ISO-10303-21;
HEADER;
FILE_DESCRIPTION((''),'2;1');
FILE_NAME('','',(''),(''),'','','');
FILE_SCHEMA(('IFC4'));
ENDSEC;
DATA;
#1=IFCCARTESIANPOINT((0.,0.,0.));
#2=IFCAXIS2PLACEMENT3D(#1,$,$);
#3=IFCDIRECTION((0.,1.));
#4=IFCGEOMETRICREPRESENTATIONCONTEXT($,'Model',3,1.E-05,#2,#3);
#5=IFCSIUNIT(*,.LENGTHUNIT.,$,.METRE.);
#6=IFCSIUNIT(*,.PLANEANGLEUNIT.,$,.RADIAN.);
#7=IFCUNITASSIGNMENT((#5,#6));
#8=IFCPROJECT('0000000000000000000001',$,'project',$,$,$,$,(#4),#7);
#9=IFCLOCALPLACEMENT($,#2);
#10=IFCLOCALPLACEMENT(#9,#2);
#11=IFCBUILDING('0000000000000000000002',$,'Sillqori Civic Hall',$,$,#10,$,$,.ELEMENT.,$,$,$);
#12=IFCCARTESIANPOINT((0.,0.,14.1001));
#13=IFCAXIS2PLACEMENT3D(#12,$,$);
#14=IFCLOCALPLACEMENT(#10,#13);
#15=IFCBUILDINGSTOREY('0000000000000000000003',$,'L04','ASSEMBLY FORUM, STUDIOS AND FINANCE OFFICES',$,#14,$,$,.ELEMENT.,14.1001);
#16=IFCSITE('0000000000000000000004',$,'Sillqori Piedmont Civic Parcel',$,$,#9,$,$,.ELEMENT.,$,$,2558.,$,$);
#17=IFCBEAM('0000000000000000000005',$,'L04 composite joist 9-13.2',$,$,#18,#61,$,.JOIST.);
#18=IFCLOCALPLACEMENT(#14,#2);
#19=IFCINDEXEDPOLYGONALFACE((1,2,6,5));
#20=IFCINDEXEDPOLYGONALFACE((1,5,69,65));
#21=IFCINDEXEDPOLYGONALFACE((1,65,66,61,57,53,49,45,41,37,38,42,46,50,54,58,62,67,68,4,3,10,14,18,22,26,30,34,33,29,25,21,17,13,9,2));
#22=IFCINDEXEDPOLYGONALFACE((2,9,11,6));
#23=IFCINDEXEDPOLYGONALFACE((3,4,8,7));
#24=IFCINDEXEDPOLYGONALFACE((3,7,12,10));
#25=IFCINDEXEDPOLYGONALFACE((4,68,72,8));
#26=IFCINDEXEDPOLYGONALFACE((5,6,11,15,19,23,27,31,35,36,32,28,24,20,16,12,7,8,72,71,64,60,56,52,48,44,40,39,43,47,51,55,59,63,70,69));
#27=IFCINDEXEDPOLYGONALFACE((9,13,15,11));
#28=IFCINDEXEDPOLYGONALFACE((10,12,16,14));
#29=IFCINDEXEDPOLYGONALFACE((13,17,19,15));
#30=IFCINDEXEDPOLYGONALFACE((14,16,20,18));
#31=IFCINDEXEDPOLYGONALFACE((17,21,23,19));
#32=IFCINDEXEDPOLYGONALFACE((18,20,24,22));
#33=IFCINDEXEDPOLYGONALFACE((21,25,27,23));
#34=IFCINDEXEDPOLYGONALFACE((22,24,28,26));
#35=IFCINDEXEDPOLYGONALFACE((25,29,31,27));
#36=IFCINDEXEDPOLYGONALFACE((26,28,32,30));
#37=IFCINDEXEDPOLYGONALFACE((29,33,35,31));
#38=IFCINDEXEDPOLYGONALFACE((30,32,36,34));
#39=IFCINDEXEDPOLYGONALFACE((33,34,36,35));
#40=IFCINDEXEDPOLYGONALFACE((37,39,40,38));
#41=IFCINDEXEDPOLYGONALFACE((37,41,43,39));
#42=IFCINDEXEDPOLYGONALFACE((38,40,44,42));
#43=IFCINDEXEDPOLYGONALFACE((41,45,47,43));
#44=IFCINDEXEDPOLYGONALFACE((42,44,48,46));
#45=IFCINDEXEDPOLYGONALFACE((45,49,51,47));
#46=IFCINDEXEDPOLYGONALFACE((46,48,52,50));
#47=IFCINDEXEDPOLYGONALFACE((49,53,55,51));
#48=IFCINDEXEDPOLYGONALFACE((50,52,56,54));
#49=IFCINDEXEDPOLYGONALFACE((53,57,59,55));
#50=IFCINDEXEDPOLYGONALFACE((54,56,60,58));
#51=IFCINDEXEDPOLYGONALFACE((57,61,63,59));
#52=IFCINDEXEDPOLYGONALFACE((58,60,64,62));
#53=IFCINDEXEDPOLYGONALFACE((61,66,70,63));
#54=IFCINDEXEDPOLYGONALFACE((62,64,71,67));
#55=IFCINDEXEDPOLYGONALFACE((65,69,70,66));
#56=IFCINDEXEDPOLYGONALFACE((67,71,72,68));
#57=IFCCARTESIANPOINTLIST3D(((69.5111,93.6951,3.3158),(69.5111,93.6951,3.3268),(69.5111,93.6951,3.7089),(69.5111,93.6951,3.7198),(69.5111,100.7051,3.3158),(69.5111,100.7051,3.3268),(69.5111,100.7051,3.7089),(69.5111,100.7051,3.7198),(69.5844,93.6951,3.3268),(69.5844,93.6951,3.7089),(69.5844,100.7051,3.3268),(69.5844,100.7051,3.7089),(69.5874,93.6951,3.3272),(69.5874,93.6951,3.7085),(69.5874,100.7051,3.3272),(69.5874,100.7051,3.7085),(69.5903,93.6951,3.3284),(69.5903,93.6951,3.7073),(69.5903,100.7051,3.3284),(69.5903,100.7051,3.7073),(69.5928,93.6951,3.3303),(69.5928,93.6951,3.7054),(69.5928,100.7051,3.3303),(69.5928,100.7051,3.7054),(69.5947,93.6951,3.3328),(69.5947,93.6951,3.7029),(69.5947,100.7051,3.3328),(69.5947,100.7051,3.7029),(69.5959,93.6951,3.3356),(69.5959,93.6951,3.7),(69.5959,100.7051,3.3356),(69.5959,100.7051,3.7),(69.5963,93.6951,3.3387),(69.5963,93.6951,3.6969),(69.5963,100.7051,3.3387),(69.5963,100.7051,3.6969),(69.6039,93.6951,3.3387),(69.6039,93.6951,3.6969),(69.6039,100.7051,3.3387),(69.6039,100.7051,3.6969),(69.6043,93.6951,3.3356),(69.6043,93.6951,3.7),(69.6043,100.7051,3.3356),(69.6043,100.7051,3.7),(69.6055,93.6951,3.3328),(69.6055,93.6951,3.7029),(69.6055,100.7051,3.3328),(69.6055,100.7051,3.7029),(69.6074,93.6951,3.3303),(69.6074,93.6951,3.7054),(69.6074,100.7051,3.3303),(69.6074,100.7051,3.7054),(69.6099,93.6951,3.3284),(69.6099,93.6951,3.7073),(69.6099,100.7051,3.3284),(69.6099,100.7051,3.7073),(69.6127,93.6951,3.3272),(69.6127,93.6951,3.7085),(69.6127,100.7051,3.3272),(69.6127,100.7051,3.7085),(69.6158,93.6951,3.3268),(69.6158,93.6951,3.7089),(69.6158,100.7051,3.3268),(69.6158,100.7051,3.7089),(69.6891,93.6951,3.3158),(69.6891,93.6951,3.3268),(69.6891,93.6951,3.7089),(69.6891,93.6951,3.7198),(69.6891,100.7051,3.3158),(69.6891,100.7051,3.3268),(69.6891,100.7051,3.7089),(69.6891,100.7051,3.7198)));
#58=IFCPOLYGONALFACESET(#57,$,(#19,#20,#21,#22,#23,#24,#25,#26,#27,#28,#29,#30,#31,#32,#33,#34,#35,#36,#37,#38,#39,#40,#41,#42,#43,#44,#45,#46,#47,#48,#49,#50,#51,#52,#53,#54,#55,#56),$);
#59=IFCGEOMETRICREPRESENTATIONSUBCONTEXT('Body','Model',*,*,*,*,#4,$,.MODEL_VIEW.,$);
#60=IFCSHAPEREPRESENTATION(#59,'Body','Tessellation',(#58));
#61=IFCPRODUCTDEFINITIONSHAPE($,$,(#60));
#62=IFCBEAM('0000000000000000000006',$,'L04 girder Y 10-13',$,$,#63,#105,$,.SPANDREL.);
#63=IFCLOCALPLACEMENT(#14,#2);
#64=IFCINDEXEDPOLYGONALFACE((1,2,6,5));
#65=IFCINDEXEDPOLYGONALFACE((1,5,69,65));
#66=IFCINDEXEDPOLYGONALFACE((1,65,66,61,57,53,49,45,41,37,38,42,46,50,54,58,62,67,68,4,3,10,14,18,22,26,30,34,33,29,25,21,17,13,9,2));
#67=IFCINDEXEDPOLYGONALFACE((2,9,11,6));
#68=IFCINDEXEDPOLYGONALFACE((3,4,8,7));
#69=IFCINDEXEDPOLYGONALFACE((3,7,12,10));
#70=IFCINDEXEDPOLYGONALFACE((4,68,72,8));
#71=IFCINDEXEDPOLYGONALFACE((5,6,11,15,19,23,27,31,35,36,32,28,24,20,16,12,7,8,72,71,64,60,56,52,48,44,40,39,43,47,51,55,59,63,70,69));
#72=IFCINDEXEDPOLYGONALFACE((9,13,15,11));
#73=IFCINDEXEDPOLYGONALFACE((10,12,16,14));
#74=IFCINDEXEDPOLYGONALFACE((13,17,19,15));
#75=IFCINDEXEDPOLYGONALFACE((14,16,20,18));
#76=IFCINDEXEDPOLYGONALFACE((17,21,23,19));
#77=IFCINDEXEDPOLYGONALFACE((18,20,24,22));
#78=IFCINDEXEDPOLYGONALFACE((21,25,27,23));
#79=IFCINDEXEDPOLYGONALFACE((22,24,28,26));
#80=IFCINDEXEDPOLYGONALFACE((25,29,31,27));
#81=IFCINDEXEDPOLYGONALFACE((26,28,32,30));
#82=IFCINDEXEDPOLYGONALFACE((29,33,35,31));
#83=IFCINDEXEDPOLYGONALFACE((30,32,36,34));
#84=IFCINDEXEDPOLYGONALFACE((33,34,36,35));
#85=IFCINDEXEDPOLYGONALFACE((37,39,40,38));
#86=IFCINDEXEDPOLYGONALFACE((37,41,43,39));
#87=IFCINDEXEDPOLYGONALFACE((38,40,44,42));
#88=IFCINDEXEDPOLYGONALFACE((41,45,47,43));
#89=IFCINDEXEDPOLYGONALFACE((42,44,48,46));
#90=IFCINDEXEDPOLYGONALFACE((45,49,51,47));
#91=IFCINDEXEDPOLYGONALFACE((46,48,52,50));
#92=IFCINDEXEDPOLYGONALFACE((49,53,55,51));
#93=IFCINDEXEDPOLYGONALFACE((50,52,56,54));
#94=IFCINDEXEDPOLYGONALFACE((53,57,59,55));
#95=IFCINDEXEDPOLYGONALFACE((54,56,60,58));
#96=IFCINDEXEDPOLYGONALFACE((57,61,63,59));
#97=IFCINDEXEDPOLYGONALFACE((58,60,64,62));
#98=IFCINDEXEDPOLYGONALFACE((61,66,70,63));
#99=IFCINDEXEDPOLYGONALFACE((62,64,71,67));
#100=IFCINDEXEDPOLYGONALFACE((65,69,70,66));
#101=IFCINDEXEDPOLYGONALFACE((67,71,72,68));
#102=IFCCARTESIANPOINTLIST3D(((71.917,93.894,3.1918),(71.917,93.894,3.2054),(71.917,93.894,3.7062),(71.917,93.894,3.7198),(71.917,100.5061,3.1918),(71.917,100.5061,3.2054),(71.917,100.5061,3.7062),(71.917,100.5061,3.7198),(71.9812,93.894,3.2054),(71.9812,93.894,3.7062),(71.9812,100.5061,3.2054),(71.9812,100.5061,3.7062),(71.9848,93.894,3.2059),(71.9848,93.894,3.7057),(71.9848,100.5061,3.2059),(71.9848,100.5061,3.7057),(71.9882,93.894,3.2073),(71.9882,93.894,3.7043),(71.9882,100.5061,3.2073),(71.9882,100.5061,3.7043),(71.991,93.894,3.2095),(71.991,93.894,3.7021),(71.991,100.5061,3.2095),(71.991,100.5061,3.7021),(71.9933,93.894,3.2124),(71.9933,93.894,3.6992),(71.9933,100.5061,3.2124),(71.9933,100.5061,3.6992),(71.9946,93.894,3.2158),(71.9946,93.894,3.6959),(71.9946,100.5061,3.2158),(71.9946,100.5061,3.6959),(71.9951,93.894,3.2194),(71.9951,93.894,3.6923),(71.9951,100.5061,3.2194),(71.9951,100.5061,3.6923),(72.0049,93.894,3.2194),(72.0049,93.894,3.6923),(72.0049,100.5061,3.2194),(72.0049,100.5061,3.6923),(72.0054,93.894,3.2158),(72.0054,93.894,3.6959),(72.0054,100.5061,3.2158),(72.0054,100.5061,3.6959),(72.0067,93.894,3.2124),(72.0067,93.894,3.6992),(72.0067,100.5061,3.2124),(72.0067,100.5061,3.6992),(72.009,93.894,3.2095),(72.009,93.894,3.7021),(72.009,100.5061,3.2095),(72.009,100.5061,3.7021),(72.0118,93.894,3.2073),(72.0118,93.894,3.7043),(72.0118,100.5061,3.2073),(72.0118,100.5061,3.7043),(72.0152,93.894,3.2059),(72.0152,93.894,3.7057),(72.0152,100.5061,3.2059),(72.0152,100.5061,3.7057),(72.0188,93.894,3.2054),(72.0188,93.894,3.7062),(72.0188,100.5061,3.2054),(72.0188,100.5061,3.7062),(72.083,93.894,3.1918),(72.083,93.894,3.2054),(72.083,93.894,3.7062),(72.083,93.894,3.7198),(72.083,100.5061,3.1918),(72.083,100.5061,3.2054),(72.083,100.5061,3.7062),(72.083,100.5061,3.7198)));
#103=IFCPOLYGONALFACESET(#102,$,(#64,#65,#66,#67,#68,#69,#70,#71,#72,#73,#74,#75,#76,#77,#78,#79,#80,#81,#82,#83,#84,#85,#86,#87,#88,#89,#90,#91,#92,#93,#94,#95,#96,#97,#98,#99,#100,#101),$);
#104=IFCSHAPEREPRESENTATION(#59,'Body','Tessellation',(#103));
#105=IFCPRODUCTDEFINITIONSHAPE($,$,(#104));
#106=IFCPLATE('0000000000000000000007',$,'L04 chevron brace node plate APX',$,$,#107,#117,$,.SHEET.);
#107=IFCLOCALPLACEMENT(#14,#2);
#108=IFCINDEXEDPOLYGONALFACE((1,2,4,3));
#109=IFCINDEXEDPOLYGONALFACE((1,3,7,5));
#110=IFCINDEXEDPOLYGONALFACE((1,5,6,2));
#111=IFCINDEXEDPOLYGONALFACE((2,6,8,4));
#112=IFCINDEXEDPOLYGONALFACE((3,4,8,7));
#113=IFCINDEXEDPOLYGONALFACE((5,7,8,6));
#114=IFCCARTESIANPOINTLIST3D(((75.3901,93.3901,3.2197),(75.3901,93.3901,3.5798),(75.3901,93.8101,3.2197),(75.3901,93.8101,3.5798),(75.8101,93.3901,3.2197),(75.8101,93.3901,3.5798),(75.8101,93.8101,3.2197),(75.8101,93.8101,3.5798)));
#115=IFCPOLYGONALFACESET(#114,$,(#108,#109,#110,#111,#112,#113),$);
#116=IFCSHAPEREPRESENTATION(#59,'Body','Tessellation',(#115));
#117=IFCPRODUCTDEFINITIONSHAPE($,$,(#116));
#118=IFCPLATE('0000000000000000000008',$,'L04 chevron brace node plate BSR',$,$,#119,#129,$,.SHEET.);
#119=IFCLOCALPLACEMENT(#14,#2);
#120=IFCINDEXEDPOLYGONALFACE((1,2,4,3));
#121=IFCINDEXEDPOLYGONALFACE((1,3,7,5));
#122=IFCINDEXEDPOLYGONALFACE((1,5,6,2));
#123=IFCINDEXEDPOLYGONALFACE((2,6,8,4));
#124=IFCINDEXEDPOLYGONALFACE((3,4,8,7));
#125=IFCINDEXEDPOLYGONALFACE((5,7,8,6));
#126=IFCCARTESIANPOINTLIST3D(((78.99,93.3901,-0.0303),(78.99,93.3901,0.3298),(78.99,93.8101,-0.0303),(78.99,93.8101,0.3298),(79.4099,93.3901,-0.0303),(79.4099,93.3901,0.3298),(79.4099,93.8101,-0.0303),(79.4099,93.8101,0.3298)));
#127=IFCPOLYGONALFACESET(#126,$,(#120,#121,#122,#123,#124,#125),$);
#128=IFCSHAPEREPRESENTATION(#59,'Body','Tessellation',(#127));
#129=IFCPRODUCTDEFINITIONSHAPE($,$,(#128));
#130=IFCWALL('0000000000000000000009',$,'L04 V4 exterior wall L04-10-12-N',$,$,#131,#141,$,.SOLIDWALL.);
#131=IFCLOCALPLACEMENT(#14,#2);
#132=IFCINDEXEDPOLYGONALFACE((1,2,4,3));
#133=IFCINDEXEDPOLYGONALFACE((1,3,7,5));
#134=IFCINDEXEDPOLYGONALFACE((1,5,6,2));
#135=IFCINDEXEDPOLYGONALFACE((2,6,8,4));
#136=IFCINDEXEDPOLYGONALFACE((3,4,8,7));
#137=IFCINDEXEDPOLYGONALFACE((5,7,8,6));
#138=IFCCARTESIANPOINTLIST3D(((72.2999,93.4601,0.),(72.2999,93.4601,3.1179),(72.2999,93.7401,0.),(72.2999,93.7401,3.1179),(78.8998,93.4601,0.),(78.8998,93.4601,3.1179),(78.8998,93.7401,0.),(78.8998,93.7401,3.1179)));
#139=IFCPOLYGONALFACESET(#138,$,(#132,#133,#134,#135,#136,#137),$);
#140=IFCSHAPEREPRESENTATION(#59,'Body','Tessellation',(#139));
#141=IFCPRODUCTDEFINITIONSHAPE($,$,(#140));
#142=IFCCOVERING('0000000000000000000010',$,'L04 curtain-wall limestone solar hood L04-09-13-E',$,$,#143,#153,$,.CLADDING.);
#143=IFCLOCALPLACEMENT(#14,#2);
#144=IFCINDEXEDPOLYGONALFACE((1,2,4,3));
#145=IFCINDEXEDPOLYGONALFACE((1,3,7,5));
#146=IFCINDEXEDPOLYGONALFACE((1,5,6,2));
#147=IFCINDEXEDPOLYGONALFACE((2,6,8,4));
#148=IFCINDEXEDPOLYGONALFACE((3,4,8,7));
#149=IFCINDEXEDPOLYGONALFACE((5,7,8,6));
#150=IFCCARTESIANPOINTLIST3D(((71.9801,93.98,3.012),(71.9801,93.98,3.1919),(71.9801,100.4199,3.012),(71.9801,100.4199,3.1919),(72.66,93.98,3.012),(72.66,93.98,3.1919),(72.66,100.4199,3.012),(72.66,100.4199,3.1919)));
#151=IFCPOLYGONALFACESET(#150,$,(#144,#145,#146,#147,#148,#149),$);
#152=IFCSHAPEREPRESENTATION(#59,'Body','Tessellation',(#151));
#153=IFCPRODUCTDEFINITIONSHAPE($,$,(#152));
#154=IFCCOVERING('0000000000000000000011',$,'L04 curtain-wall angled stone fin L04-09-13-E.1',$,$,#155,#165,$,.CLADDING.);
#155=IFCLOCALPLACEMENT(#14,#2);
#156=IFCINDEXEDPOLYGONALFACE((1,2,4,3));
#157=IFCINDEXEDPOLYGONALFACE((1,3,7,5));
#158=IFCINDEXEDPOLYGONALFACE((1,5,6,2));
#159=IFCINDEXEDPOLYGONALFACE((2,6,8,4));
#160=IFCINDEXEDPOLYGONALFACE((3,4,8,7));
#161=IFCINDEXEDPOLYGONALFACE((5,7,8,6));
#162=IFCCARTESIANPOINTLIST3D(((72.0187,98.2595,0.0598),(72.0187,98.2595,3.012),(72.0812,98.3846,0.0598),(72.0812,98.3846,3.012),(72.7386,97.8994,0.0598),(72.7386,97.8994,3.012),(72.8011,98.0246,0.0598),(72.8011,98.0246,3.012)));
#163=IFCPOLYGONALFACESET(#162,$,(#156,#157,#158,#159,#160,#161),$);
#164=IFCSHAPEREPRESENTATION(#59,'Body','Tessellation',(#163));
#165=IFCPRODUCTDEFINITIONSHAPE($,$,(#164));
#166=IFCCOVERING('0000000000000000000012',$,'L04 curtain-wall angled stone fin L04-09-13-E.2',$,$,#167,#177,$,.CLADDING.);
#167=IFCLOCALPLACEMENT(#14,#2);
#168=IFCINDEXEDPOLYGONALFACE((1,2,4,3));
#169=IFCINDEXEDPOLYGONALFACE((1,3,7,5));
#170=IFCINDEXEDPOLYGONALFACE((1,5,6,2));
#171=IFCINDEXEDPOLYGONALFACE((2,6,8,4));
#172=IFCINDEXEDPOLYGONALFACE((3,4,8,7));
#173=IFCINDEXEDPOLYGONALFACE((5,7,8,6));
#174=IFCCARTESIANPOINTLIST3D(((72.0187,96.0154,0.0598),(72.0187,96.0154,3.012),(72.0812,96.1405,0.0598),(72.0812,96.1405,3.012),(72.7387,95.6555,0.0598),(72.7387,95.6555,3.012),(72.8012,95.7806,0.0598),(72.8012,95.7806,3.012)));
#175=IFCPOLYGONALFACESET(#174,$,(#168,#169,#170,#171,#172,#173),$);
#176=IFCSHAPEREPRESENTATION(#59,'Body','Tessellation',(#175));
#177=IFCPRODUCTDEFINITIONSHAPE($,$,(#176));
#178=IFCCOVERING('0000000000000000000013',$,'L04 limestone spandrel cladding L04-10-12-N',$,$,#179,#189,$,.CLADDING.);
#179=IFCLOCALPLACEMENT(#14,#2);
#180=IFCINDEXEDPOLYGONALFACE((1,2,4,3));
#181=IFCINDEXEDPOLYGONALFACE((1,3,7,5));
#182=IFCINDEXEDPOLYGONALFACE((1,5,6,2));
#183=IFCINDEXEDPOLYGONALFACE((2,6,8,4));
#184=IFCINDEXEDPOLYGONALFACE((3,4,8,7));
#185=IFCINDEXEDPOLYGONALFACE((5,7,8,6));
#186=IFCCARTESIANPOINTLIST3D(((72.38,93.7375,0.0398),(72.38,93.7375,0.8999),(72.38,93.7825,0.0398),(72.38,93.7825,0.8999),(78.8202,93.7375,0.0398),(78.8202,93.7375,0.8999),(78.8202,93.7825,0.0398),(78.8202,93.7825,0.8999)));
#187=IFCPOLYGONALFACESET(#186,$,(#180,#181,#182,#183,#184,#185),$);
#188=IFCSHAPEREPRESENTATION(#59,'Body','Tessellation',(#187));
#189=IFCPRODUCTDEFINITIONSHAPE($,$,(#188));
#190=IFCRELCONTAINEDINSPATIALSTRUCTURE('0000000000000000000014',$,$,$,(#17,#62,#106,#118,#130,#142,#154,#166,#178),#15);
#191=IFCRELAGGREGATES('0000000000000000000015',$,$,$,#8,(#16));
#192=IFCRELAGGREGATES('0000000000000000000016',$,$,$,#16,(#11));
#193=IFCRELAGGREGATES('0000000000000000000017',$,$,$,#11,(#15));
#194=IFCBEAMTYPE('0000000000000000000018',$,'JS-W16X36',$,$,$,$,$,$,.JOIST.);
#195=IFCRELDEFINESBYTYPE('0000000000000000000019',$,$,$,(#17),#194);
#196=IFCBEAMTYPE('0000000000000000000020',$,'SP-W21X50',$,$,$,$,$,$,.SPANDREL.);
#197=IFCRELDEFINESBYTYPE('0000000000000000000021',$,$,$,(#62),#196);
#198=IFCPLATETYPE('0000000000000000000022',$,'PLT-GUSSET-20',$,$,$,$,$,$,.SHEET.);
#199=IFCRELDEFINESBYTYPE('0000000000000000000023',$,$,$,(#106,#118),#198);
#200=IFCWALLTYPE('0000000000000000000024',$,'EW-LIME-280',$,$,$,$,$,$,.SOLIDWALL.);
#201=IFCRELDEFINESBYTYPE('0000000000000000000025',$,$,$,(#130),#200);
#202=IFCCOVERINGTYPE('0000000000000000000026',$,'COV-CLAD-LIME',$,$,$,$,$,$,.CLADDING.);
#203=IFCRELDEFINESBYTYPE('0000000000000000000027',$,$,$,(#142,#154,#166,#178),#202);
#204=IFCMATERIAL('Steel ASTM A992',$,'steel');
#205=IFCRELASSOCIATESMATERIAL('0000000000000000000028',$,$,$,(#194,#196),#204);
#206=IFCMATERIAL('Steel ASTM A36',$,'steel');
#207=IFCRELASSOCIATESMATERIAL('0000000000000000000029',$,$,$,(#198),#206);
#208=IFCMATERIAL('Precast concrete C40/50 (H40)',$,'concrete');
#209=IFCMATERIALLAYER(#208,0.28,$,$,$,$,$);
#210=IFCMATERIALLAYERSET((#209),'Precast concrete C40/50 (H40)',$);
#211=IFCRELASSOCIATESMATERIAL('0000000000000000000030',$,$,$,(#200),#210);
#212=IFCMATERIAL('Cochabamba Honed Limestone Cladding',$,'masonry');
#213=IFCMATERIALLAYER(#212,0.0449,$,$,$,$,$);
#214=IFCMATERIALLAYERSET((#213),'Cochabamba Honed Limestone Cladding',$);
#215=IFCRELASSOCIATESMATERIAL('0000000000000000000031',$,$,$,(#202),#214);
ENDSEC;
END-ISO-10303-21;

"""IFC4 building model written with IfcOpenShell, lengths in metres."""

from ifc_helpers import new_model, si_unit, direction, frame, frame_2d, origin, origin_2d, place, context, subcontext, project, spatial, rectangle, i_section, extrude, material, layer, layer_set, material_profile, profile_set, type_object, element, save


model = new_model("IFC4")

# Units and contexts
model_context = context("Model", 3, precision=1e-05, world=origin(), true_north=direction((0.0, 1.0)))
body_context = subcontext(model_context, "Body", "Model", "MODEL_VIEW")
ifc_project = project(units=[si_unit("LENGTHUNIT", "METRE"), si_unit("PLANEANGLEUNIT", "RADIAN")], contexts=[model_context])

# Site, building, storey
site_placement = place(None, origin())
site = spatial("IfcSite", under=ifc_project, at=site_placement, Name="Sillqori Piedmont Civic Parcel", CompositionType="ELEMENT", RefElevation=2558.0)
building_placement = place(site_placement, origin())
building = spatial("IfcBuilding", under=site, at=building_placement, Name="Sillqori Civic Hall", CompositionType="ELEMENT")
storey_placement = place(building_placement, frame((0.0, 0.0, 14.1001)))
storey = spatial("IfcBuildingStorey", under=building, at=storey_placement, Name="L04", Description="ASSEMBLY FORUM, STUDIOS AND FINANCE OFFICES", CompositionType="ELEMENT", Elevation=14.1001)

# Shared definitions
ifc_material_1 = material(Name="Steel ASTM A992", Category="steel")

# Beams
ifc_material_profile_1 = material_profile(ifc_material_1, i_section(OverallWidth=0.178, OverallDepth=0.4041, WebThickness=0.0076, FlangeThickness=0.011, FilletRadius=0.012, at=origin_2d()), Name="W16X36")
ifc_profile_set_1 = profile_set([ifc_material_profile_1], Name="Steel ASTM A992")
beam_type_1 = type_object("IfcBeamType", Name="JS-W16X36", PredefinedType="JOIST", material=ifc_profile_set_1)
for number, where, z_axis, x_axis, name in (
    (1, (69.6001, 93.6951, 3.5178), (0.0, 1.0, 0.0), (-1.0, 0.0, 0.0), "L04 composite joist 9-13.2"),
):
    element("IfcBeam", number, at=place(storey_placement, frame(where, z_axis=z_axis, x_axis=x_axis)), inside=storey, type_object=beam_type_1, Name=name, PredefinedType="JOIST", context=body_context, shape_type="SweptSolid", body=[
        extrude(i_section(OverallWidth=0.178, OverallDepth=0.4041, WebThickness=0.0076, FlangeThickness=0.011, FilletRadius=0.012, at=origin_2d()), origin(), (0.0, 0.0, 1.0), 7.01),
    ])
ifc_material_profile_2 = material_profile(ifc_material_1, i_section(OverallWidth=0.166, OverallDepth=0.5281, WebThickness=0.0098, FlangeThickness=0.0137, FilletRadius=0.0139, at=origin_2d()), Name="W21X50")
ifc_profile_set_2 = profile_set([ifc_material_profile_2], Name="Steel ASTM A992")
beam_type_2 = type_object("IfcBeamType", Name="SP-W21X50", PredefinedType="SPANDREL", material=ifc_profile_set_2)
beam_1_placement = place(storey_placement, frame((72.0, 93.894, 3.4558), z_axis=(0.0, 1.0, 0.0), x_axis=(-1.0, 0.0, 0.0)))
element("IfcBeam", 2, at=beam_1_placement, inside=storey, type_object=beam_type_2, Name="L04 girder Y 10-13", PredefinedType="SPANDREL", context=body_context, shape_type="SweptSolid", body=[
    extrude(i_section(OverallWidth=0.166, OverallDepth=0.5281, WebThickness=0.0098, FlangeThickness=0.0137, FilletRadius=0.0139, at=origin_2d()), origin(), (0.0, 0.0, 1.0), 6.6121),
])

# Plates
ifc_material_2 = material(Name="Steel ASTM A36", Category="steel")
plate_type_1 = type_object("IfcPlateType", Name="PLT-GUSSET-20", PredefinedType="SHEET", material=ifc_material_2)
for number, where, z_axis, x_axis, name in (
    (3, (75.6001, 93.6001, 3.2197), (0.0, 0.0, 1.0), (1.0, 0.0, 0.0), "L04 chevron brace node plate APX"),
    (4, (79.2, 93.6001, -0.0303), (0.0, 0.0, 1.0), (1.0, 0.0, 0.0), "L04 chevron brace node plate BSR"),
):
    element("IfcPlate", number, at=place(storey_placement, frame(where, z_axis=z_axis, x_axis=x_axis)), inside=storey, type_object=plate_type_1, Name=name, PredefinedType="SHEET", context=body_context, shape_type="SweptSolid", body=[
        extrude(rectangle(XDim=0.4199, YDim=0.4199, at=origin_2d()), origin(), (0.0, 0.0, 1.0), 0.3601),
    ])

# Wall
ifc_material_3 = material(Name="Precast concrete C40/50 (H40)", Category="concrete")
ifc_layer_1 = layer(ifc_material_3, 0.28)
ifc_layer_set_1 = layer_set([ifc_layer_1], Name="Precast concrete C40/50 (H40)")
wall_type = type_object("IfcWallType", Name="EW-LIME-280", PredefinedType="SOLIDWALL", material=ifc_layer_set_1)
wall_placement = place(storey_placement, frame((72.3, 93.6001, 0.0), z_axis=(0.0, 0.0, 1.0), x_axis=(1.0, 0.0, 0.0)))
element("IfcWall", 5, at=wall_placement, inside=storey, type_object=wall_type, Name="L04 V4 exterior wall L04-10-12-N", PredefinedType="SOLIDWALL", context=body_context, shape_type="SweptSolid", body=[
    extrude(rectangle(XDim=6.5999, YDim=0.28, at=frame_2d((3.2998, 0.0))), origin(), (0.0, 0.0, 1.0), 3.1179),
])

# Coverings
ifc_material_4 = material(Name="Cochabamba Honed Limestone Cladding", Category="masonry")
ifc_layer_2 = layer(ifc_material_4, 0.0449)
ifc_layer_set_2 = layer_set([ifc_layer_2], Name="Cochabamba Honed Limestone Cladding")
covering_type = type_object("IfcCoveringType", Name="COV-CLAD-LIME", PredefinedType="CLADDING", material=ifc_layer_set_2)
covering_1_placement = place(storey_placement, frame((72.3201, 100.4199, 3.012), z_axis=(0.0, 0.0, 1.0), x_axis=(0.0, -1.0, 0.0)))
element("IfcCovering", 6, at=covering_1_placement, inside=storey, type_object=covering_type, Name="L04 curtain-wall limestone solar hood L04-09-13-E", PredefinedType="CLADDING", context=body_context, shape_type="SweptSolid", body=[
    extrude(rectangle(XDim=6.4399, YDim=0.6799, at=frame_2d((3.22, 0.0))), origin(), (0.0, 0.0, 1.0), 0.1799),
])
for number, where, z_axis, x_axis, name in (
    (7, (72.05, 98.322, 0.0598), (0.0, 0.0, 1.0), (0.894367, -0.447335, 0.0), "L04 curtain-wall angled stone fin L04-09-13-E.1"),
    (8, (72.05, 96.0779, 0.0598), (0.0, 0.0, 1.0), (0.894488, -0.447092, 0.0), "L04 curtain-wall angled stone fin L04-09-13-E.2"),
):
    element("IfcCovering", number, at=place(storey_placement, frame(where, z_axis=z_axis, x_axis=x_axis)), inside=storey, type_object=covering_type, Name=name, PredefinedType="CLADDING", context=body_context, shape_type="SweptSolid", body=[
        extrude(rectangle(XDim=0.8049, YDim=0.1399, at=frame_2d((0.4023, 0.0))), origin(), (0.0, 0.0, 1.0), 2.9521),
    ])
covering_2_placement = place(storey_placement, frame((72.3799, 93.76, 0.0398), z_axis=(0.0, 0.0, 1.0), x_axis=(1.0, 0.0, 0.0)))
element("IfcCovering", 9, at=covering_2_placement, inside=storey, type_object=covering_type, Name="L04 limestone spandrel cladding L04-10-12-N", PredefinedType="CLADDING", context=body_context, shape_type="SweptSolid", body=[
    extrude(rectangle(XDim=6.4402, YDim=0.0449, at=frame_2d((3.2202, 0.0))), origin(), (0.0, 0.0, 1.0), 0.8601),
])

save(model, "model.ifc")
